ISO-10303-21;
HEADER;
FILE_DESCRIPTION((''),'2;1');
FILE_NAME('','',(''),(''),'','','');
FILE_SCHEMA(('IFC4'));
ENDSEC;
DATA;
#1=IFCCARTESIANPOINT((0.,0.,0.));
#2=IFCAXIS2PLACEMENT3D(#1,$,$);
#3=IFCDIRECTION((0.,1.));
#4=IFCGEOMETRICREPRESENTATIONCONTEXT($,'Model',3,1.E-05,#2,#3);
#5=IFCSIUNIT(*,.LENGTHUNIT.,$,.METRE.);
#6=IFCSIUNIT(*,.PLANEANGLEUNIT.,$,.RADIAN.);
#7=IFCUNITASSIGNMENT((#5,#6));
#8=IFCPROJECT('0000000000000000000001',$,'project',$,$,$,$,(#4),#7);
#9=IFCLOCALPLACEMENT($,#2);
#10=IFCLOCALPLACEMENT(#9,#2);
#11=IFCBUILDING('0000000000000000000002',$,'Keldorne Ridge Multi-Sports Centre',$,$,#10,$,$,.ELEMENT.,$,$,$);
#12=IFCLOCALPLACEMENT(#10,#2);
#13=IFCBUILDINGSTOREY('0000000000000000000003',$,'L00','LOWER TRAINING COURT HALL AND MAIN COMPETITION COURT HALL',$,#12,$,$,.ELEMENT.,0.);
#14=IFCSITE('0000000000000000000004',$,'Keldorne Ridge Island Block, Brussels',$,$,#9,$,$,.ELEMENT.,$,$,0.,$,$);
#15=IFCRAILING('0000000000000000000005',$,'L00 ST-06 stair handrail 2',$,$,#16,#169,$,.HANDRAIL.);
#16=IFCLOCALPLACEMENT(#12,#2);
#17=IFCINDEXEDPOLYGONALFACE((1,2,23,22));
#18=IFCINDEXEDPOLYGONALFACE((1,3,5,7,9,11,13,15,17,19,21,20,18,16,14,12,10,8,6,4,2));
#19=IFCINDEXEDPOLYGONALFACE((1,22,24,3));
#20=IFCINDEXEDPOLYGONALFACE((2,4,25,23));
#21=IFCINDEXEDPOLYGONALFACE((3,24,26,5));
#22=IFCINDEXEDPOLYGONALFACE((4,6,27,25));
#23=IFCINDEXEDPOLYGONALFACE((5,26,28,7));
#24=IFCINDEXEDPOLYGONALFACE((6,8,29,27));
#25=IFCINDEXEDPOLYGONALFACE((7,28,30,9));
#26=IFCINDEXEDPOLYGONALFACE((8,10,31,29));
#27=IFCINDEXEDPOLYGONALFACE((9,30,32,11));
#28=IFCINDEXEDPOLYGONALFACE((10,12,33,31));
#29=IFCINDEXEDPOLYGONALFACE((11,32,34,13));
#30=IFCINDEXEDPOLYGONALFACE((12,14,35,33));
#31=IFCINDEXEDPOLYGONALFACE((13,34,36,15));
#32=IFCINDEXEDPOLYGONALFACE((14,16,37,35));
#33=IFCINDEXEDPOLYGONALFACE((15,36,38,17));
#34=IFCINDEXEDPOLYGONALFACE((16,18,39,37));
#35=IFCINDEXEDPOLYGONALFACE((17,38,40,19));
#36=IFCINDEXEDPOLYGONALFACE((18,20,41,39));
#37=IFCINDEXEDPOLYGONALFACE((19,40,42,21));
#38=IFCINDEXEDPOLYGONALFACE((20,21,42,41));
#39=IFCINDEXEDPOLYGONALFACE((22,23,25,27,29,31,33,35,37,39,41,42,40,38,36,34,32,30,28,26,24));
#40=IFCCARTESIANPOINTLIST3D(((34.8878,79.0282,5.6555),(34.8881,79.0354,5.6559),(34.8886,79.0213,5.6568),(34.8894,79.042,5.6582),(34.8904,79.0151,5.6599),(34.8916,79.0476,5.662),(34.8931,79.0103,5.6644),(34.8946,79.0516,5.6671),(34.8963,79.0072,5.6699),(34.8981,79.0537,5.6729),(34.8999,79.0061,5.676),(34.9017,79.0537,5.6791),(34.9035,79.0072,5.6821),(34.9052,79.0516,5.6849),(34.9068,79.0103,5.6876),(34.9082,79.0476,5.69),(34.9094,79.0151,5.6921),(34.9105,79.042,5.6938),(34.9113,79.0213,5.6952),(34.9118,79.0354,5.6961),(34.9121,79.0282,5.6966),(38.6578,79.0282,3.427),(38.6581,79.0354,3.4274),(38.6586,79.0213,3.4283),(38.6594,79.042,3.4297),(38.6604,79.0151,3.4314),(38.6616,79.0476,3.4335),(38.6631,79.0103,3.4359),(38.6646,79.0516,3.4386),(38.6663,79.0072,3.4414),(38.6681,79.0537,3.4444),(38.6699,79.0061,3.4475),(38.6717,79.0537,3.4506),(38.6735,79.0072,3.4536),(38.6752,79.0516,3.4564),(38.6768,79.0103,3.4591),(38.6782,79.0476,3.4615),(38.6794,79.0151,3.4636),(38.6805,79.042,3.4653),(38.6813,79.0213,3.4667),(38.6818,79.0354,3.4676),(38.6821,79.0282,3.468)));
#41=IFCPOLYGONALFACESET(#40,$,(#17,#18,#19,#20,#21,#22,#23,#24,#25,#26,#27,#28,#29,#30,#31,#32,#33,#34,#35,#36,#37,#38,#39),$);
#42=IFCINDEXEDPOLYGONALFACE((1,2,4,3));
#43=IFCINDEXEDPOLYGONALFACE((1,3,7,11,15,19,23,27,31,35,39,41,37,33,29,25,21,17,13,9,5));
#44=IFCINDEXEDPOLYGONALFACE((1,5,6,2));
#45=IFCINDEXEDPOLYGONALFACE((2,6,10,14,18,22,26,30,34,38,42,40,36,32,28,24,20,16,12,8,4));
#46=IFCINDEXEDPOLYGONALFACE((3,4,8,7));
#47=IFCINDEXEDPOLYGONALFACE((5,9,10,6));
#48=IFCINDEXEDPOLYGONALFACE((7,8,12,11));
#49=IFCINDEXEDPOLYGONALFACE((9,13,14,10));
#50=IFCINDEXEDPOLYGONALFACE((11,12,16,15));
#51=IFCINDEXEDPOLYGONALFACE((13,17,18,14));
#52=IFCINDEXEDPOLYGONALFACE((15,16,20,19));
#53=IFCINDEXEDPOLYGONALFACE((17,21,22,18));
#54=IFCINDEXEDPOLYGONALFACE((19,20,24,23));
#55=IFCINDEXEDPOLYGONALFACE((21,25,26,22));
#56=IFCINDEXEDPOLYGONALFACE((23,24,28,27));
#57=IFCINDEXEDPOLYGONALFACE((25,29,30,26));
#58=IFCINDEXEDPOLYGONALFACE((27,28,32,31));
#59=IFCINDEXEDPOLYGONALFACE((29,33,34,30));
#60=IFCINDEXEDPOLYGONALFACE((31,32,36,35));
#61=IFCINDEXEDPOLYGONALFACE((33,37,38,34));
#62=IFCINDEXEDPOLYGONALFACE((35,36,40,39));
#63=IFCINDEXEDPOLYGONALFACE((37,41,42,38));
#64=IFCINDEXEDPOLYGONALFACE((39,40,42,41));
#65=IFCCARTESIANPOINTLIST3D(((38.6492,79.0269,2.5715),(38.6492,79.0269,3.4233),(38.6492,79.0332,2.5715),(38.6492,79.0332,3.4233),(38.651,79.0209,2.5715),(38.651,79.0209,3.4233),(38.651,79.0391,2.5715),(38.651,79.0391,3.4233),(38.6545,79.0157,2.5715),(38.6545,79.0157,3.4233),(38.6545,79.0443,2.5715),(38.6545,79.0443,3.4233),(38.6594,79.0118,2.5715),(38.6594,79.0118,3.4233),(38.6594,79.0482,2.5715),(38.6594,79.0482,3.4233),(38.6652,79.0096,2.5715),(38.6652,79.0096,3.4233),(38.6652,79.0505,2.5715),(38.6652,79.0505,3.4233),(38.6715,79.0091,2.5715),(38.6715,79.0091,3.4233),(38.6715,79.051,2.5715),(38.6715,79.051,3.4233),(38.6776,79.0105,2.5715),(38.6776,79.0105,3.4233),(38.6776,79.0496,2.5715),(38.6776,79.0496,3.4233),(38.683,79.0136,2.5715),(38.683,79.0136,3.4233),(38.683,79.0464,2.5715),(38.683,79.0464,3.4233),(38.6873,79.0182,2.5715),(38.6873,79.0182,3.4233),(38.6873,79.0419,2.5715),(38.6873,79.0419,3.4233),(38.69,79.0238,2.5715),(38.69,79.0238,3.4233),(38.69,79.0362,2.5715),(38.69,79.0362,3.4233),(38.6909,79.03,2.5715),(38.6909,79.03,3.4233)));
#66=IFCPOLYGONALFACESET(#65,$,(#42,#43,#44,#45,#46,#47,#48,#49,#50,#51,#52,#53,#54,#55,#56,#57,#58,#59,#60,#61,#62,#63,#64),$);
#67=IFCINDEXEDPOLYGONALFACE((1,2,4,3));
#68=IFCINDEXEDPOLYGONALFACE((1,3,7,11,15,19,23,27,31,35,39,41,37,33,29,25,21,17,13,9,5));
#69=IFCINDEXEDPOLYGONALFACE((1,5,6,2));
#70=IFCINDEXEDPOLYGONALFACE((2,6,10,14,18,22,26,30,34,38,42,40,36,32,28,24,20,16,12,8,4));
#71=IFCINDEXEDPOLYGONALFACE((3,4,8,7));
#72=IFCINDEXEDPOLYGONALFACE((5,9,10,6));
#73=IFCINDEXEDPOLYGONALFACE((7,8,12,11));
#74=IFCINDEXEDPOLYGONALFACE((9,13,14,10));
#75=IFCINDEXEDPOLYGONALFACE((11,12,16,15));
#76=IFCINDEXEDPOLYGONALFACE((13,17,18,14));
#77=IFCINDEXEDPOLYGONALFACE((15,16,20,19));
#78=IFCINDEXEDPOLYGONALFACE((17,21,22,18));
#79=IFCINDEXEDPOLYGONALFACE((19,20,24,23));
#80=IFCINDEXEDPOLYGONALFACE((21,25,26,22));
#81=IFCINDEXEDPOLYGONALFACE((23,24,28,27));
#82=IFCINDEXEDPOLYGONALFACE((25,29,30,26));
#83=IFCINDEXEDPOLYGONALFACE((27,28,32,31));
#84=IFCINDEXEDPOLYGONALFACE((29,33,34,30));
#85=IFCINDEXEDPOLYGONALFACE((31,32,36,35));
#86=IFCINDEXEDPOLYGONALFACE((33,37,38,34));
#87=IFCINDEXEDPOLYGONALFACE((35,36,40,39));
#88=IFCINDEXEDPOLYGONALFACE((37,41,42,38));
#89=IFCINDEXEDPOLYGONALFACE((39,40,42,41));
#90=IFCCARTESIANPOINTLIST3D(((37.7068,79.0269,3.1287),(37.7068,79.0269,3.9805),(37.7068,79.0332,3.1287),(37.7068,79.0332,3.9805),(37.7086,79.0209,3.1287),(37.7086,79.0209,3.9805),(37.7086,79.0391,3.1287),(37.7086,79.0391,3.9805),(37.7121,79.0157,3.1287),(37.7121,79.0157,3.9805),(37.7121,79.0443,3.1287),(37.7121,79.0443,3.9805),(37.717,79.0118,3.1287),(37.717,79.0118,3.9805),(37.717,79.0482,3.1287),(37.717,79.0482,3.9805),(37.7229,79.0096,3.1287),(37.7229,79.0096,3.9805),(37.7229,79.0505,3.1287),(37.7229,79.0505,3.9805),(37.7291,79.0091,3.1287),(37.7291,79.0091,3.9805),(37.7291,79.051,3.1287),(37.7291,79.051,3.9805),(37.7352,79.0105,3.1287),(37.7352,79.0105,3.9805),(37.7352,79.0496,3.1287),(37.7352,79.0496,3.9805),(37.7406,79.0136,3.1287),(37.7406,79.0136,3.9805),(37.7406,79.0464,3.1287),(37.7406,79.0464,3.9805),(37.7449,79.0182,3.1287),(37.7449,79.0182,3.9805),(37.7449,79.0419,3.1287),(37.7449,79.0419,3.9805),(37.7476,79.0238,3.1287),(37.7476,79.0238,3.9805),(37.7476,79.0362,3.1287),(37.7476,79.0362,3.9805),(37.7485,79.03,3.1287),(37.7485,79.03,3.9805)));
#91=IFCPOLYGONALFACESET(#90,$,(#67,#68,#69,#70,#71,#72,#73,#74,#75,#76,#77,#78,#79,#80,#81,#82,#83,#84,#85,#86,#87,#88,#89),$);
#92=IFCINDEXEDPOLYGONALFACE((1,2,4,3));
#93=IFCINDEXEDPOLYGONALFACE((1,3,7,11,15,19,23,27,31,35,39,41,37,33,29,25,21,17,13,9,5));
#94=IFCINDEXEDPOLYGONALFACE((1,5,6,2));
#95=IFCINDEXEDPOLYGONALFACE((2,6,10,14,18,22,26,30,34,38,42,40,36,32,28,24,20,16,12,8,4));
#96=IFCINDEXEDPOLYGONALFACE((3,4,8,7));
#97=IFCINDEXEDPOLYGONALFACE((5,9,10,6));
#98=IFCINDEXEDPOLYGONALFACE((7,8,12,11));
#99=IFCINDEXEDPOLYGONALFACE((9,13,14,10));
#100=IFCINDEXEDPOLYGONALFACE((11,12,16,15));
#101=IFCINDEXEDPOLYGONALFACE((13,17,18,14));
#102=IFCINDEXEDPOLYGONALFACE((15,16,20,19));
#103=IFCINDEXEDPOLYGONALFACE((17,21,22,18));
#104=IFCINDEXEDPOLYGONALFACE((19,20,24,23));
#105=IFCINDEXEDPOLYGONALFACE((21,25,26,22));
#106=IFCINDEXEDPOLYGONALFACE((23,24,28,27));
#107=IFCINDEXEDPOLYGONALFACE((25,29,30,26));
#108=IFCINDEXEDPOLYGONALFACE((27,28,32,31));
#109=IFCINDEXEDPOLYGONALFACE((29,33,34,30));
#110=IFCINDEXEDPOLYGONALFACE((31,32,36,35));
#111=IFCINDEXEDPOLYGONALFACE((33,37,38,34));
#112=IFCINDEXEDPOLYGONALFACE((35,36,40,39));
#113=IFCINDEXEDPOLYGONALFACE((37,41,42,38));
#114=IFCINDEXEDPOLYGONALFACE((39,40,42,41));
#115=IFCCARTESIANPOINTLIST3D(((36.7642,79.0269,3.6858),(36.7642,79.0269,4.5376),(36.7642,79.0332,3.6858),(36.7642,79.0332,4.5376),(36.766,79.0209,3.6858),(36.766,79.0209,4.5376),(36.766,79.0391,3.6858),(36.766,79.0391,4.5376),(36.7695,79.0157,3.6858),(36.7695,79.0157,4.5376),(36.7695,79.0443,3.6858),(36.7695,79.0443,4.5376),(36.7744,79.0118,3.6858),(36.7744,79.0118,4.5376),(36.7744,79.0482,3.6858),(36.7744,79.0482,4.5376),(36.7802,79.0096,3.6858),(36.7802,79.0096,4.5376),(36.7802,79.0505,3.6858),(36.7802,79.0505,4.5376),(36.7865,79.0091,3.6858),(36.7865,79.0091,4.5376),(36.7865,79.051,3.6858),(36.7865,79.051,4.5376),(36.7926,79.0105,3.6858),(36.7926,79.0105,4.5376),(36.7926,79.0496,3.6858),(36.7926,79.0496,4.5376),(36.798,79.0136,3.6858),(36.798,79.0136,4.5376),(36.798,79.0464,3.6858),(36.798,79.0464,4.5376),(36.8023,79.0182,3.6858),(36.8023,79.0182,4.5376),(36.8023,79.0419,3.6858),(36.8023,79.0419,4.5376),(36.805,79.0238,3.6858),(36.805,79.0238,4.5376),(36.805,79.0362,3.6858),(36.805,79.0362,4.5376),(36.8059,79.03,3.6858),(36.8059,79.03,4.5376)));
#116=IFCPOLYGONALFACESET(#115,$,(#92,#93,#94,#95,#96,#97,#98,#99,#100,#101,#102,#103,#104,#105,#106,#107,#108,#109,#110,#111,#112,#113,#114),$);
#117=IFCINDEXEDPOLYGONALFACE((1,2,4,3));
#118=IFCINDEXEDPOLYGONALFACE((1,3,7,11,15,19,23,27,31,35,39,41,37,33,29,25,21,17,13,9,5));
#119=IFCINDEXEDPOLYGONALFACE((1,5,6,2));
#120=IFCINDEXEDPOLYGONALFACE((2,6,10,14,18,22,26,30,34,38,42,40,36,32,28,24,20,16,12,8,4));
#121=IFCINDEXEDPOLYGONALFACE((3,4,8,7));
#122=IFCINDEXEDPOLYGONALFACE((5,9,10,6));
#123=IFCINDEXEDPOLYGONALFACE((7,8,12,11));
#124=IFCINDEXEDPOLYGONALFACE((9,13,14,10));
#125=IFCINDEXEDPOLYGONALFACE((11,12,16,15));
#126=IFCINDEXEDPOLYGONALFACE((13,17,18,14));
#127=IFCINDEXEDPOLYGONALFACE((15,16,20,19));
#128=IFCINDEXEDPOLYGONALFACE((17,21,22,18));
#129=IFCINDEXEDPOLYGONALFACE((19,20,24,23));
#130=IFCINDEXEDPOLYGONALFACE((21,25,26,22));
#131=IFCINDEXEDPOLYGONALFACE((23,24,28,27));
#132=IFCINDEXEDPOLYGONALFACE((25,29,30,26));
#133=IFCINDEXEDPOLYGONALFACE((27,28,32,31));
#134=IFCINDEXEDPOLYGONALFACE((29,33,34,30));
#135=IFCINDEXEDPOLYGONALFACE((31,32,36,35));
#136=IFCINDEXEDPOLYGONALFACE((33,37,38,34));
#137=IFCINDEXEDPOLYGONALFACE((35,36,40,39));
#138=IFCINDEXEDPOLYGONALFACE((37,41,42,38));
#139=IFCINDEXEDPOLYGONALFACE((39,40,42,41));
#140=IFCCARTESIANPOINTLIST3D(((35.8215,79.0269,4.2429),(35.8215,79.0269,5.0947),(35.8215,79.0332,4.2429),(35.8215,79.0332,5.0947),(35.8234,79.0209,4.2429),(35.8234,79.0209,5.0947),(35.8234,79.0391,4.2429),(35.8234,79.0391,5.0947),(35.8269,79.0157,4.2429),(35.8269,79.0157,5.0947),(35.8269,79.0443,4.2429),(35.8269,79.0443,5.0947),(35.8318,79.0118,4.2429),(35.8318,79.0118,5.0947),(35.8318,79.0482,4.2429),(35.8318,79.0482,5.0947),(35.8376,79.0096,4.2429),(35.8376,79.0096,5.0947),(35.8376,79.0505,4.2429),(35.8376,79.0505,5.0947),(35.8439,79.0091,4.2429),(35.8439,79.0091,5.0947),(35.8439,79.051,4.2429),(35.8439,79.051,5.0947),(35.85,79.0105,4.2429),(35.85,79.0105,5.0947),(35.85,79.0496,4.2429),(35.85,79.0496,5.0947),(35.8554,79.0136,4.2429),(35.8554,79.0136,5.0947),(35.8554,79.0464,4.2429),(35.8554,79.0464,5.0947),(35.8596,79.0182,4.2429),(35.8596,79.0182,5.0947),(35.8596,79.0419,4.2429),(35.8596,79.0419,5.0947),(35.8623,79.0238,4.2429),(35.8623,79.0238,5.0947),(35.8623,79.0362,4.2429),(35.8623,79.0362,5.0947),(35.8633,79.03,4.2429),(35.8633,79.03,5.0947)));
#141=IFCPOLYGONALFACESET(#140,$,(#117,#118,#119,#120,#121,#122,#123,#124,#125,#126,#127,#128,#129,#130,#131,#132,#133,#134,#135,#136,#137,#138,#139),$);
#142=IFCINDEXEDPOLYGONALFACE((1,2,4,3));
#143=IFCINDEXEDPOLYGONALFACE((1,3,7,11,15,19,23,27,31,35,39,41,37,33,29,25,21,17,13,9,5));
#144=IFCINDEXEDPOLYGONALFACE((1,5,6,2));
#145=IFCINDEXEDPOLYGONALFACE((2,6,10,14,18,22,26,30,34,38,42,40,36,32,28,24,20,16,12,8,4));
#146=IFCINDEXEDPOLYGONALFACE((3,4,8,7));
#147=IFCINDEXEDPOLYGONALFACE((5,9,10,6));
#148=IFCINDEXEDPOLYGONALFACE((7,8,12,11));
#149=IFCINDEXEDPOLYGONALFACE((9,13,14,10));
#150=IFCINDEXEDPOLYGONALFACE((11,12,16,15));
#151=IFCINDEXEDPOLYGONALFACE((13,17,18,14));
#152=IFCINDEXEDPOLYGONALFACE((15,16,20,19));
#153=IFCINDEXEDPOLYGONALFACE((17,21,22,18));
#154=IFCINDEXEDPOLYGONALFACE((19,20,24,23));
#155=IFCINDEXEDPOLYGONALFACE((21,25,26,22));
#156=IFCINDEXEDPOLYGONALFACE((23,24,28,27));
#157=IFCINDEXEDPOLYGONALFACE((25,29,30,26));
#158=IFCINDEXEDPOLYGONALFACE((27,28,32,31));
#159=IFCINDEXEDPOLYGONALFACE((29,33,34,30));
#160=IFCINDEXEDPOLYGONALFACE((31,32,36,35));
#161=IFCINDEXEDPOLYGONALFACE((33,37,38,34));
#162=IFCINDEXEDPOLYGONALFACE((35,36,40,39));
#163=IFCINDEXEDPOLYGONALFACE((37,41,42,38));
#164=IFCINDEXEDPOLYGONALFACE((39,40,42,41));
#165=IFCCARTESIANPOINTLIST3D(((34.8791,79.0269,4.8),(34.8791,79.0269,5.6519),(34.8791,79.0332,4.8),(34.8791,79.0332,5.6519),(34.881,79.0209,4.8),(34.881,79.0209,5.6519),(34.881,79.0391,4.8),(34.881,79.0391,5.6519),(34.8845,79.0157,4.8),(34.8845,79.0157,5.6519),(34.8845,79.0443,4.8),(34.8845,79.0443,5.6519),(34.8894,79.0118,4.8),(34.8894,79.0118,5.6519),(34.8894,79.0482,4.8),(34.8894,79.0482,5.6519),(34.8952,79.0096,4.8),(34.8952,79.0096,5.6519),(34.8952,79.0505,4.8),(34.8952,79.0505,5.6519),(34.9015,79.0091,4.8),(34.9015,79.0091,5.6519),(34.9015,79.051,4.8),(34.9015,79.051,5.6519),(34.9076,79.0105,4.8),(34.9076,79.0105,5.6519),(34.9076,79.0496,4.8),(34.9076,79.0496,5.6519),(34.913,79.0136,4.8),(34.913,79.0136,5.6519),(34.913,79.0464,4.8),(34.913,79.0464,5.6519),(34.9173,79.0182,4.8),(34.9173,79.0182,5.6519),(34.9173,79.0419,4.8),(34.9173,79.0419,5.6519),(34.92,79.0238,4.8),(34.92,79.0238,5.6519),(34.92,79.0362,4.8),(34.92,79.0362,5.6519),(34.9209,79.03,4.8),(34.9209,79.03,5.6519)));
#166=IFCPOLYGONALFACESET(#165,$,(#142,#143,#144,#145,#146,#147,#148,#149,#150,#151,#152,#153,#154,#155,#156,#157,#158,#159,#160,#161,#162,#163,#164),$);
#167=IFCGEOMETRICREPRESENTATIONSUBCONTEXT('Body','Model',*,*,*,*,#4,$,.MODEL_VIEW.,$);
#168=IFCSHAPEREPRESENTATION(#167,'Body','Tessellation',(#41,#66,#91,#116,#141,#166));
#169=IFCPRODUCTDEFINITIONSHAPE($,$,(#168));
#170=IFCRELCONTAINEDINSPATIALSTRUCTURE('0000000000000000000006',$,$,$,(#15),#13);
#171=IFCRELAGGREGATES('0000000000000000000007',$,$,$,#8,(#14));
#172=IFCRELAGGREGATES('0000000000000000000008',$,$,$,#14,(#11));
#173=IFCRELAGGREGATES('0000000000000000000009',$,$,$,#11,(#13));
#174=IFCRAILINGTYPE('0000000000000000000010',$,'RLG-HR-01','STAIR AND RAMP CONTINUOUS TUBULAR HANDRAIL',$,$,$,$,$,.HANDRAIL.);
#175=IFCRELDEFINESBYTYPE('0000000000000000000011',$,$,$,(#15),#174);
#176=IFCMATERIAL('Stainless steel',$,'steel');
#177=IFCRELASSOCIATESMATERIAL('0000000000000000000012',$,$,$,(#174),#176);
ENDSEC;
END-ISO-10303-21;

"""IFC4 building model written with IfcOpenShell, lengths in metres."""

from ifc_helpers import new_model, si_unit, direction, frame, origin, origin_2d, place, context, subcontext, project, spatial, circle, extrude, material, type_object, element, save


model = new_model("IFC4")

# Units and contexts
model_context = context("Model", 3, precision=1e-05, world=origin(), true_north=direction((0.0, 1.0)))
body_context = subcontext(model_context, "Body", "Model", "MODEL_VIEW")
ifc_project = project(units=[si_unit("LENGTHUNIT", "METRE"), si_unit("PLANEANGLEUNIT", "RADIAN")], contexts=[model_context])

# Site, building, storey
site_placement = place(None, origin())
site = spatial("IfcSite", under=ifc_project, at=site_placement, Name="Keldorne Ridge Island Block, Brussels", CompositionType="ELEMENT", RefElevation=0.0)
building_placement = place(site_placement, origin())
building = spatial("IfcBuilding", under=site, at=building_placement, Name="Keldorne Ridge Multi-Sports Centre", CompositionType="ELEMENT")
storey_placement = place(building_placement, origin())
storey = spatial("IfcBuildingStorey", under=building, at=storey_placement, Name="L00", Description="LOWER TRAINING COURT HALL AND MAIN COMPETITION COURT HALL", CompositionType="ELEMENT", Elevation=0.0)

# Railing
ifc_material_1 = material(Name="Stainless steel", Category="steel")
railing_type_1 = type_object("IfcRailingType", Name="RLG-HR-01", Description="STAIR AND RAMP CONTINUOUS TUBULAR HANDRAIL", PredefinedType="HANDRAIL", material=ifc_material_1)
railing_1_placement = place(storey_placement, frame((38.6699, 79.03, 2.5715)))
element("IfcRailing", 1, at=railing_1_placement, inside=storey, type_object=railing_type_1, Name="L00 ST-06 stair handrail 2", PredefinedType="HANDRAIL", context=body_context, shape_type="SweptSolid", body=[
    extrude(circle(Radius=0.0239, at=origin_2d()), frame((0.0, 0.0, 0.876), z_axis=(-0.860849, 0.0, 0.508861), x_axis=(0.0, -1.0, 0.0)), (0.0, 0.0, 1.0), 4.3794),
    extrude(circle(Radius=0.021, at=origin_2d()), origin(), (0.0, 0.0, 1.0), 0.8518),
    extrude(circle(Radius=0.021, at=origin_2d()), frame((-0.9424, 0.0, 0.5571)), (0.0, 0.0, 1.0), 0.8518),
    extrude(circle(Radius=0.021, at=origin_2d()), frame((-1.885, 0.0, 1.1143)), (0.0, 0.0, 1.0), 0.8518),
    extrude(circle(Radius=0.021, at=origin_2d()), frame((-2.8276, 0.0, 1.6714)), (0.0, 0.0, 1.0), 0.8518),
    extrude(circle(Radius=0.021, at=origin_2d()), frame((-3.77, 0.0, 2.2285)), (0.0, 0.0, 1.0), 0.8518),
])

save(model, "model.ifc")
